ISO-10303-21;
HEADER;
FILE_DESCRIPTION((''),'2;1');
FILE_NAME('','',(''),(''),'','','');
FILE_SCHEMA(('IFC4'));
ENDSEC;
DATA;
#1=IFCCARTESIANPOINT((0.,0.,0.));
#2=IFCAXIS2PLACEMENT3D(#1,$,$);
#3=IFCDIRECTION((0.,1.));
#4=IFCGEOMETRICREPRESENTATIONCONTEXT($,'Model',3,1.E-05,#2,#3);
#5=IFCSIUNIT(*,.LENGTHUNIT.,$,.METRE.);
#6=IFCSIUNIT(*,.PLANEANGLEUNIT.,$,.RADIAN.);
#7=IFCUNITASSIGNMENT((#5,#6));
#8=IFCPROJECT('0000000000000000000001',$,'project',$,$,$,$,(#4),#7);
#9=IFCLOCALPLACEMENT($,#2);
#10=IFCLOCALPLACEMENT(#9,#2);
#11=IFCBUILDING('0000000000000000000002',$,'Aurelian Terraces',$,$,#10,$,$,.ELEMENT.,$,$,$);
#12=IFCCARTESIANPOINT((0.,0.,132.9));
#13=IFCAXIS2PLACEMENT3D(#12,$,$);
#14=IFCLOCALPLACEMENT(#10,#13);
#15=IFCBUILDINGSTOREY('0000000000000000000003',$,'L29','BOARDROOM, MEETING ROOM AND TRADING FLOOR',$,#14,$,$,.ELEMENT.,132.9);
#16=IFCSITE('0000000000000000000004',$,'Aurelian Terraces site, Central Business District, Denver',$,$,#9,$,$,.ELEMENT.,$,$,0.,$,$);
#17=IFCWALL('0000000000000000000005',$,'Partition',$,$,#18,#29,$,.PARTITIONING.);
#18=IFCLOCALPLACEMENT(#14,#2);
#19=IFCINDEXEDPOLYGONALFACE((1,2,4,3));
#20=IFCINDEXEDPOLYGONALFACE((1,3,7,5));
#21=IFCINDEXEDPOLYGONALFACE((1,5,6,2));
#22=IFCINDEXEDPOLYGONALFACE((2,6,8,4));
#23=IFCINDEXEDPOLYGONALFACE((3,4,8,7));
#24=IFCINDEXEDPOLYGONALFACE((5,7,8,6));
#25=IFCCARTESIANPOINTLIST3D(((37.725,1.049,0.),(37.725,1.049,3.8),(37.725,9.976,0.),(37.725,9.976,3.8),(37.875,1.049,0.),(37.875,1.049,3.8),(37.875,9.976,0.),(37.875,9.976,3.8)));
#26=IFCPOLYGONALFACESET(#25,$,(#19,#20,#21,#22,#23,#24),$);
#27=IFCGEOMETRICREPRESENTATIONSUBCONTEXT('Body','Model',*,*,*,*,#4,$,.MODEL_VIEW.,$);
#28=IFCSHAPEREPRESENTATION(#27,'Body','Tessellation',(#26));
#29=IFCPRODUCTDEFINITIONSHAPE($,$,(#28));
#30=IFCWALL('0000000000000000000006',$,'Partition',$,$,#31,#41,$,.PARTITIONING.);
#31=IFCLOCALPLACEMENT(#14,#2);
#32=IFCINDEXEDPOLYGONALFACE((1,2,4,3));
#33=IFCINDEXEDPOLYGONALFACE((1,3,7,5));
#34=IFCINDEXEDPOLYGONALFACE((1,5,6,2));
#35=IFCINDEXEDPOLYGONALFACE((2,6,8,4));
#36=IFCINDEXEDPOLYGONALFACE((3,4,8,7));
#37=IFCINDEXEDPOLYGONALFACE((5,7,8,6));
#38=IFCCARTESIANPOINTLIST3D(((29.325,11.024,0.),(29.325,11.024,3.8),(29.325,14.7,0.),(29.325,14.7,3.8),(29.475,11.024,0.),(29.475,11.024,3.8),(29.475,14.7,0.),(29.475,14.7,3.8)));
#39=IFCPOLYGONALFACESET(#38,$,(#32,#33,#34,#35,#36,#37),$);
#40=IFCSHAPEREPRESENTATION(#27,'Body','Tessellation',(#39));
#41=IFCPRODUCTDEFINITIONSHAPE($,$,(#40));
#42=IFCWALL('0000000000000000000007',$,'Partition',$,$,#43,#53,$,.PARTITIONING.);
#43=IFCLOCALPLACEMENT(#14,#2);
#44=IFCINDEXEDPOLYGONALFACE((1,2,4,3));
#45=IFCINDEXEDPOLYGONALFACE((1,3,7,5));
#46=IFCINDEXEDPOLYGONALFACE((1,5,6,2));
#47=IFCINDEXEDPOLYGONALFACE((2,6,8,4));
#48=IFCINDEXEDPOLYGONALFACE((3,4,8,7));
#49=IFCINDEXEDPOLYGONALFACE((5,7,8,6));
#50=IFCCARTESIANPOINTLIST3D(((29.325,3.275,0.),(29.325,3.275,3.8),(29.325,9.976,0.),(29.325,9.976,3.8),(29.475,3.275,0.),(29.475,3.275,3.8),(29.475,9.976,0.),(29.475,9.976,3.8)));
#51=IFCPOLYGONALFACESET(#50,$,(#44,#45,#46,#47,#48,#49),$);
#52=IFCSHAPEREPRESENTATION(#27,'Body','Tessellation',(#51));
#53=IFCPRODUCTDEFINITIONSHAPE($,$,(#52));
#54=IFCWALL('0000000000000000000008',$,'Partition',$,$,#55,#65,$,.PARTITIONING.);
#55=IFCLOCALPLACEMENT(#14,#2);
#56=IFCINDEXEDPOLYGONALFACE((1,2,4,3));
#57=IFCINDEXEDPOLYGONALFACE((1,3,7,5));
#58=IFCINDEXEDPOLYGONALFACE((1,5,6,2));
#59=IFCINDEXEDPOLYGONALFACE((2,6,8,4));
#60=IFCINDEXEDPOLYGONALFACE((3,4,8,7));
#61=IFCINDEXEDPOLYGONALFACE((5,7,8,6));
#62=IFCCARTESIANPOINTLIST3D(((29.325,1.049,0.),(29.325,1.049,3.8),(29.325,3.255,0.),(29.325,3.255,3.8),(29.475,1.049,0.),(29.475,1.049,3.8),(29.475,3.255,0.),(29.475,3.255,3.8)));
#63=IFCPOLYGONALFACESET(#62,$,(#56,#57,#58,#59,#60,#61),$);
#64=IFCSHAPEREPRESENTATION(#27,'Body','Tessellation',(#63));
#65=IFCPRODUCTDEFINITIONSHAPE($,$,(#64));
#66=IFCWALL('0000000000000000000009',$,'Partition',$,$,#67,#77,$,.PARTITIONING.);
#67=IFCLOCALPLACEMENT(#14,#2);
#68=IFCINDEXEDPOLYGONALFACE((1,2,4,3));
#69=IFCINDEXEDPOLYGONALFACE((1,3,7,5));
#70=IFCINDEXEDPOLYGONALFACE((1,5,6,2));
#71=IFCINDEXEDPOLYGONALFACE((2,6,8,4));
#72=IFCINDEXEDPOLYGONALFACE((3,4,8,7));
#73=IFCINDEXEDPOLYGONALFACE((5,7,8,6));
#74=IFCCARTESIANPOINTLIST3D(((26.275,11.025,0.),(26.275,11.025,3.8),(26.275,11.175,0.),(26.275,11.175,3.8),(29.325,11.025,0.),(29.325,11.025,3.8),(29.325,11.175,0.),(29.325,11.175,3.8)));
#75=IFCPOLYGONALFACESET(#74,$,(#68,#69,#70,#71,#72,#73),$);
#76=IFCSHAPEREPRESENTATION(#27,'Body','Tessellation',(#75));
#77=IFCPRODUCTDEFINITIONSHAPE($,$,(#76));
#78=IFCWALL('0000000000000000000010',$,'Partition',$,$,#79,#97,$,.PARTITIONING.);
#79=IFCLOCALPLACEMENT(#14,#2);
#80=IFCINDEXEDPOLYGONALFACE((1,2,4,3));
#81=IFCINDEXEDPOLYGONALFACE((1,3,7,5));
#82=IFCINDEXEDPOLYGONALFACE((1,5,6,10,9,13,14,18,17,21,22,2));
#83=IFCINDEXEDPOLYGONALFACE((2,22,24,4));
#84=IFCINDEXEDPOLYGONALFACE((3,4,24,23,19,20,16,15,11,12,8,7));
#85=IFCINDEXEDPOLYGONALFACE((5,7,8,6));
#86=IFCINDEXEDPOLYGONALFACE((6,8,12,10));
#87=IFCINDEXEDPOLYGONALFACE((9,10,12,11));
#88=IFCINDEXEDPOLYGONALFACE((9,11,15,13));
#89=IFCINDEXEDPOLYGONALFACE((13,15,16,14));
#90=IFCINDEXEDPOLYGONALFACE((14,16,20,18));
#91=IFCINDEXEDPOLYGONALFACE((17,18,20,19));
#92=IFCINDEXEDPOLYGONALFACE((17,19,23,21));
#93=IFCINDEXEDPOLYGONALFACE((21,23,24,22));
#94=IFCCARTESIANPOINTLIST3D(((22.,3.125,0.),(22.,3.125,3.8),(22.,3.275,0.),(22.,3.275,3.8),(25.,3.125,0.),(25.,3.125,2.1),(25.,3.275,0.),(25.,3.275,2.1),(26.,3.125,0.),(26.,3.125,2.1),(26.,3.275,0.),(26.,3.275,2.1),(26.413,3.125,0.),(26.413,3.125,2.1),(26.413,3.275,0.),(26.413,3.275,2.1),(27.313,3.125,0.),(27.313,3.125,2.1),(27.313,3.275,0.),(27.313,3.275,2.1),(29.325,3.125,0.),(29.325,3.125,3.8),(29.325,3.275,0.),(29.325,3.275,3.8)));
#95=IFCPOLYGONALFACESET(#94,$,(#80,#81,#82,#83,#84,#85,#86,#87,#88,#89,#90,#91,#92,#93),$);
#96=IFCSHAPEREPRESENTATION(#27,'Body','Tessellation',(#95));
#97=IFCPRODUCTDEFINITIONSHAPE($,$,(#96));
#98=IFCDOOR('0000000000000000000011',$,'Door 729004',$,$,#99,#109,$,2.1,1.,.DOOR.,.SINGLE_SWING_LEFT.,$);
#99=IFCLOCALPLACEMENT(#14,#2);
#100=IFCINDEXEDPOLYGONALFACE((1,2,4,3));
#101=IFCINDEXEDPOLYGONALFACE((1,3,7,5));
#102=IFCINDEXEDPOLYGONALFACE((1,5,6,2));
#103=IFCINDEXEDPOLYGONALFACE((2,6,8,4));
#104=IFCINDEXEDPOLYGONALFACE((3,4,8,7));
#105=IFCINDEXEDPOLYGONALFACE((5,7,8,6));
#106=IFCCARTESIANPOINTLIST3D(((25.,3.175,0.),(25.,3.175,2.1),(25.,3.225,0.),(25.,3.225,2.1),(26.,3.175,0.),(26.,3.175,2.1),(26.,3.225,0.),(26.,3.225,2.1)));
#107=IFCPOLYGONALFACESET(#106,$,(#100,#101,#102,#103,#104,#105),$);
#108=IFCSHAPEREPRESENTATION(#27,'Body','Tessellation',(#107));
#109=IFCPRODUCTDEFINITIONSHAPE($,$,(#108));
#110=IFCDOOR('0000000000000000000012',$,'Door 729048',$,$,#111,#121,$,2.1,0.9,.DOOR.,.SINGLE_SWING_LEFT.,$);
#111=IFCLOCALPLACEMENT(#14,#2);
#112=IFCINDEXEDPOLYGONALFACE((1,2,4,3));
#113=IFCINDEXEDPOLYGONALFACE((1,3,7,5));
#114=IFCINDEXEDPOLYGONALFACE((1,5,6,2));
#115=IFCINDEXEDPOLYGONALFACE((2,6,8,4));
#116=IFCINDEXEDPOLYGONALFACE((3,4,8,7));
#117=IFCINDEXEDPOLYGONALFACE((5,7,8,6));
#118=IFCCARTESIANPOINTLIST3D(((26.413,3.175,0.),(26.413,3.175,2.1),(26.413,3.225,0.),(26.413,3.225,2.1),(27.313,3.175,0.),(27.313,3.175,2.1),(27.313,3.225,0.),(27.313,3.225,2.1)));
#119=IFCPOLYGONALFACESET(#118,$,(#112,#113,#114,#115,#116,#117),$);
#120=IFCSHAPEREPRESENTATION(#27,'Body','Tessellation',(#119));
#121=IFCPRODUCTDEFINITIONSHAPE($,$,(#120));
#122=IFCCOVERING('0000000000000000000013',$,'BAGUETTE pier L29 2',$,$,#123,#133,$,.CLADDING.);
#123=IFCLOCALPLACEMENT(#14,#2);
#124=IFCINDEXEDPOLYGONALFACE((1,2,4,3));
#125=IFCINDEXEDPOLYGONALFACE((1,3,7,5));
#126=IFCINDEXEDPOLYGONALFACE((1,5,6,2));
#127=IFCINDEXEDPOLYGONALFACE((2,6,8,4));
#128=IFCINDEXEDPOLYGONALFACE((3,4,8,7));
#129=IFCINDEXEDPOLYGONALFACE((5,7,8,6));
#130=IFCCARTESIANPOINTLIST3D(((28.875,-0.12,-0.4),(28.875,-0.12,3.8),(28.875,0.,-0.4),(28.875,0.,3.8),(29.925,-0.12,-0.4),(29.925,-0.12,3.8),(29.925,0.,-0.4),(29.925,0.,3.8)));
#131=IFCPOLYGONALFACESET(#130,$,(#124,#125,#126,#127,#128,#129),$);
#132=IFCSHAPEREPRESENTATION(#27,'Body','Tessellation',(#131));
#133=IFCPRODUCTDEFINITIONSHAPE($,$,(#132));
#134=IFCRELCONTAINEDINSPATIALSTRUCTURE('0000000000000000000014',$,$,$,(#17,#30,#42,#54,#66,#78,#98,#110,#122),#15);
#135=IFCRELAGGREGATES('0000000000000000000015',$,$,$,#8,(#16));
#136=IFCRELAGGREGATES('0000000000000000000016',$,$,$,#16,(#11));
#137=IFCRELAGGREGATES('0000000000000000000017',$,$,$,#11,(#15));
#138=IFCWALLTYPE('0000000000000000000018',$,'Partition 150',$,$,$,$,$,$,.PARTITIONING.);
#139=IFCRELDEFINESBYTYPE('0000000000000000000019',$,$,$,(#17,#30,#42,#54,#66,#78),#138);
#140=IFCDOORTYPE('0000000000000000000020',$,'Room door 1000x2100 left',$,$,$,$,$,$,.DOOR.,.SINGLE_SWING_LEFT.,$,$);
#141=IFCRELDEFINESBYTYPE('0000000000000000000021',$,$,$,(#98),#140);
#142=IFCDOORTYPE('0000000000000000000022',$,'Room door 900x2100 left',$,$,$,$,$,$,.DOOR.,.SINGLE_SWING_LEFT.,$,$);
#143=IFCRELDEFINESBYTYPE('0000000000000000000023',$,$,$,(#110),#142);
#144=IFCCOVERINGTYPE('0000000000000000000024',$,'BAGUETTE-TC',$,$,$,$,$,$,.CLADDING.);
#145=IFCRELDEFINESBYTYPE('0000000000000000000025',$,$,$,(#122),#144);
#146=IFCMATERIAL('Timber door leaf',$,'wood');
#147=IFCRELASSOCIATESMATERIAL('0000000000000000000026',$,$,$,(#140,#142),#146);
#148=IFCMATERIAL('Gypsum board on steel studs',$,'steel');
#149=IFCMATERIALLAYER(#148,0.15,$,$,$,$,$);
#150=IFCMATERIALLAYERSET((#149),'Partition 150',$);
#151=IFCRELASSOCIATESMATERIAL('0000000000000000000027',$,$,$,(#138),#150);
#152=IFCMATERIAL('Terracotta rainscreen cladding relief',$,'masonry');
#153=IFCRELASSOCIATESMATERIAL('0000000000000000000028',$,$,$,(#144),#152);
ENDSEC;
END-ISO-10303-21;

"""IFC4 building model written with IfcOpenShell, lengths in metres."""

from ifc_helpers import new_model, si_unit, direction, frame, frame_2d, origin, origin_2d, place, context, subcontext, project, spatial, rectangle, extrude, source, transform, mapped, material, layer, layer_set, type_object, element, fill, save


model = new_model("IFC4")

# Units and contexts
model_context = context("Model", 3, precision=1e-05, world=origin(), true_north=direction((0.0, 1.0)))
body_context = subcontext(model_context, "Body", "Model", "MODEL_VIEW")
ifc_project = project(units=[si_unit("LENGTHUNIT", "METRE"), si_unit("PLANEANGLEUNIT", "RADIAN")], contexts=[model_context])

# Site, building, storey
site_placement = place(None, origin())
site = spatial("IfcSite", under=ifc_project, at=site_placement, Name="Aurelian Terraces site, Central Business District, Denver", CompositionType="ELEMENT", RefElevation=0.0)
building_placement = place(site_placement, origin())
building = spatial("IfcBuilding", under=site, at=building_placement, Name="Aurelian Terraces", CompositionType="ELEMENT")
storey_placement = place(building_placement, frame((0.0, 0.0, 132.9)))
storey = spatial("IfcBuildingStorey", under=building, at=storey_placement, Name="L29", Description="BOARDROOM, MEETING ROOM AND TRADING FLOOR", CompositionType="ELEMENT", Elevation=132.9)

# Shared definitions
ifc_material_1 = material(Name="Timber door leaf", Category="wood")
door_type_1 = type_object("IfcDoorType", Name="Room door 1000x2100 left", OperationType="SINGLE_SWING_LEFT", PredefinedType="DOOR", material=ifc_material_1)
shared_shape_1 = source(origin(), body_context, "Body", "SweptSolid", [
    extrude(rectangle(XDim=1.0, YDim=2.1, at=frame_2d((0.5, 1.05))), frame((0.0, 0.025, 0.0), z_axis=(0.0, -1.0, 0.0), x_axis=(1.0, 0.0, 0.0)), (0.0, 0.0, 1.0), 0.05),
])

# Walls
ifc_material_2 = material(Name="Gypsum board on steel studs", Category="steel")
ifc_layer_1 = layer(ifc_material_2, 0.15)
ifc_layer_set_1 = layer_set([ifc_layer_1], Name="Partition 150")
wall_type_1 = type_object("IfcWallType", Name="Partition 150", PredefinedType="PARTITIONING", material=ifc_layer_set_1)
shared_shape_2 = source(origin(), body_context, "Body", "SweptSolid", [
    extrude(rectangle(XDim=8.927, YDim=0.15, at=frame_2d((4.4635, 0.0))), origin(), (0.0, 0.0, 1.0), 3.8),
])
wall_1_placement = place(storey_placement, frame((37.8, 1.049, 0.0), z_axis=(0.0, 0.0, 1.0), x_axis=(0.0, 1.0, 0.0)))
element("IfcWall", 1, at=wall_1_placement, inside=storey, type_object=wall_type_1, Name="Partition", PredefinedType="PARTITIONING", context=body_context, shape_type="MappedRepresentation", body=[
    mapped(shared_shape_2, transform((0.0, 0.0, 0.0), scale=1.0)),
])
shared_shape_3 = source(origin(), body_context, "Body", "SweptSolid", [
    extrude(rectangle(XDim=3.676, YDim=0.15, at=frame_2d((1.838, 0.0))), origin(), (0.0, 0.0, 1.0), 3.8),
])
wall_2_placement = place(storey_placement, frame((29.4, 11.024, 0.0), z_axis=(0.0, 0.0, 1.0), x_axis=(0.0, 1.0, 0.0)))
element("IfcWall", 2, at=wall_2_placement, inside=storey, type_object=wall_type_1, Name="Partition", PredefinedType="PARTITIONING", context=body_context, shape_type="MappedRepresentation", body=[
    mapped(shared_shape_3, transform((0.0, 0.0, 0.0), scale=1.0)),
])
shared_shape_4 = source(origin(), body_context, "Body", "SweptSolid", [
    extrude(rectangle(XDim=6.701, YDim=0.15, at=frame_2d((3.3505, 0.0))), origin(), (0.0, 0.0, 1.0), 3.8),
])
wall_3_placement = place(storey_placement, frame((29.4, 3.275, 0.0), z_axis=(0.0, 0.0, 1.0), x_axis=(0.0, 1.0, 0.0)))
element("IfcWall", 3, at=wall_3_placement, inside=storey, type_object=wall_type_1, Name="Partition", PredefinedType="PARTITIONING", context=body_context, shape_type="MappedRepresentation", body=[
    mapped(shared_shape_4, transform((0.0, 0.0, 0.0), scale=1.0)),
])
shared_shape_5 = source(origin(), body_context, "Body", "SweptSolid", [
    extrude(rectangle(XDim=2.206, YDim=0.15, at=frame_2d((1.103, 0.0))), origin(), (0.0, 0.0, 1.0), 3.8),
])
wall_4_placement = place(storey_placement, frame((29.4, 1.049, 0.0), z_axis=(0.0, 0.0, 1.0), x_axis=(0.0, 1.0, 0.0)))
element("IfcWall", 4, at=wall_4_placement, inside=storey, type_object=wall_type_1, Name="Partition", PredefinedType="PARTITIONING", context=body_context, shape_type="MappedRepresentation", body=[
    mapped(shared_shape_5, transform((0.0, 0.0, 0.0), scale=1.0)),
])
shared_shape_6 = source(origin(), body_context, "Body", "SweptSolid", [
    extrude(rectangle(XDim=3.05, YDim=0.15, at=frame_2d((1.525, 0.0))), origin(), (0.0, 0.0, 1.0), 3.8),
])
wall_5_placement = place(storey_placement, frame((29.325, 11.1, 0.0), z_axis=(0.0, 0.0, 1.0), x_axis=(-1.0, 0.0, 0.0)))
element("IfcWall", 5, at=wall_5_placement, inside=storey, type_object=wall_type_1, Name="Partition", PredefinedType="PARTITIONING", context=body_context, shape_type="MappedRepresentation", body=[
    mapped(shared_shape_6, transform((0.0, 0.0, 0.0), scale=1.0)),
])

# Wall, openings, doors
shared_shape_7 = source(origin(), body_context, "Body", "SweptSolid", [
    extrude(rectangle(XDim=7.325, YDim=0.15, at=frame_2d((3.6625, 0.0))), origin(), (0.0, 0.0, 1.0), 3.8),
])
wall_6_placement = place(storey_placement, frame((22.0, 3.2, 0.0), z_axis=(0.0, 0.0, 1.0), x_axis=(1.0, 0.0, 0.0)))
wall_6 = element("IfcWall", 6, at=wall_6_placement, inside=storey, type_object=wall_type_1, Name="Partition", PredefinedType="PARTITIONING", context=body_context, shape_type="MappedRepresentation", body=[
    mapped(shared_shape_7, transform((0.0, 0.0, 0.0), scale=1.0)),
])
shared_shape_8 = source(origin(), body_context, "Body", "SweptSolid", [
    extrude(rectangle(XDim=1.0, YDim=2.1, at=frame_2d((0.5, 1.05))), frame((0.0, 0.085, 0.0), z_axis=(0.0, -1.0, 0.0), x_axis=(1.0, 0.0, 0.0)), (0.0, 0.0, 1.0), 0.17),
])
opening_1_placement = place(wall_6_placement, frame((3.0, 0.0, 0.0)))
opening_1 = element("IfcOpeningElement", 7, at=opening_1_placement, cuts=wall_6, PredefinedType="OPENING", context=body_context, shape_type="MappedRepresentation", body=[
    mapped(shared_shape_8, transform((0.0, 0.0, 0.0), scale=1.0)),
])
shared_shape_9 = source(origin(), body_context, "Body", "SweptSolid", [
    extrude(rectangle(XDim=0.9, YDim=2.1, at=frame_2d((0.45, 1.05))), frame((0.0, 0.085, 0.0), z_axis=(0.0, -1.0, 0.0), x_axis=(1.0, 0.0, 0.0)), (0.0, 0.0, 1.0), 0.17),
])
opening_2_placement = place(wall_6_placement, frame((4.413, 0.0, 0.0)))
opening_2 = element("IfcOpeningElement", 8, at=opening_2_placement, cuts=wall_6, PredefinedType="OPENING", context=body_context, shape_type="MappedRepresentation", body=[
    mapped(shared_shape_9, transform((0.0, 0.0, 0.0), scale=1.0)),
])
door_1_placement = place(opening_1_placement, origin())
door_1 = element("IfcDoor", 9, at=door_1_placement, inside=storey, type_object=door_type_1, Name="Door 729004", OperationType="SINGLE_SWING_LEFT", OverallHeight=2.1, OverallWidth=1.0, PredefinedType="DOOR", context=body_context, shape_type="MappedRepresentation", body=[
    mapped(shared_shape_1, transform((0.0, 0.0, 0.0), scale=1.0)),
])
fill(opening_1, door_1)
door_type_2 = type_object("IfcDoorType", Name="Room door 900x2100 left", OperationType="SINGLE_SWING_LEFT", PredefinedType="DOOR", material=ifc_material_1)
shared_shape_10 = source(origin(), body_context, "Body", "SweptSolid", [
    extrude(rectangle(XDim=0.9, YDim=2.1, at=frame_2d((0.45, 1.05))), frame((0.0, 0.025, 0.0), z_axis=(0.0, -1.0, 0.0), x_axis=(1.0, 0.0, 0.0)), (0.0, 0.0, 1.0), 0.05),
])
door_2_placement = place(opening_2_placement, origin())
door_2 = element("IfcDoor", 10, at=door_2_placement, inside=storey, type_object=door_type_2, Name="Door 729048", OperationType="SINGLE_SWING_LEFT", OverallHeight=2.1, OverallWidth=0.9, PredefinedType="DOOR", context=body_context, shape_type="MappedRepresentation", body=[
    mapped(shared_shape_10, transform((0.0, 0.0, 0.0), scale=1.0)),
])
fill(opening_2, door_2)

# Covering
ifc_material_3 = material(Name="Terracotta rainscreen cladding relief", Category="masonry")
covering_type = type_object("IfcCoveringType", Name="BAGUETTE-TC", PredefinedType="CLADDING", material=ifc_material_3)
shared_shape_11 = source(origin(), body_context, "Body", "SweptSolid", [
    extrude(rectangle(XDim=1.05, YDim=0.12, at=origin_2d()), origin(), (0.0, 0.0, 1.0), 4.2),
])
covering_placement = place(storey_placement, frame((29.4, -0.06, -0.4), z_axis=(0.0, 0.0, 1.0), x_axis=(1.0, 0.0, 0.0)))
element("IfcCovering", 11, at=covering_placement, inside=storey, type_object=covering_type, Name="BAGUETTE pier L29 2", PredefinedType="CLADDING", context=body_context, shape_type="MappedRepresentation", body=[
    mapped(shared_shape_11, transform((0.0, 0.0, 0.0), scale=1.0)),
])

save(model, "model.ifc")
